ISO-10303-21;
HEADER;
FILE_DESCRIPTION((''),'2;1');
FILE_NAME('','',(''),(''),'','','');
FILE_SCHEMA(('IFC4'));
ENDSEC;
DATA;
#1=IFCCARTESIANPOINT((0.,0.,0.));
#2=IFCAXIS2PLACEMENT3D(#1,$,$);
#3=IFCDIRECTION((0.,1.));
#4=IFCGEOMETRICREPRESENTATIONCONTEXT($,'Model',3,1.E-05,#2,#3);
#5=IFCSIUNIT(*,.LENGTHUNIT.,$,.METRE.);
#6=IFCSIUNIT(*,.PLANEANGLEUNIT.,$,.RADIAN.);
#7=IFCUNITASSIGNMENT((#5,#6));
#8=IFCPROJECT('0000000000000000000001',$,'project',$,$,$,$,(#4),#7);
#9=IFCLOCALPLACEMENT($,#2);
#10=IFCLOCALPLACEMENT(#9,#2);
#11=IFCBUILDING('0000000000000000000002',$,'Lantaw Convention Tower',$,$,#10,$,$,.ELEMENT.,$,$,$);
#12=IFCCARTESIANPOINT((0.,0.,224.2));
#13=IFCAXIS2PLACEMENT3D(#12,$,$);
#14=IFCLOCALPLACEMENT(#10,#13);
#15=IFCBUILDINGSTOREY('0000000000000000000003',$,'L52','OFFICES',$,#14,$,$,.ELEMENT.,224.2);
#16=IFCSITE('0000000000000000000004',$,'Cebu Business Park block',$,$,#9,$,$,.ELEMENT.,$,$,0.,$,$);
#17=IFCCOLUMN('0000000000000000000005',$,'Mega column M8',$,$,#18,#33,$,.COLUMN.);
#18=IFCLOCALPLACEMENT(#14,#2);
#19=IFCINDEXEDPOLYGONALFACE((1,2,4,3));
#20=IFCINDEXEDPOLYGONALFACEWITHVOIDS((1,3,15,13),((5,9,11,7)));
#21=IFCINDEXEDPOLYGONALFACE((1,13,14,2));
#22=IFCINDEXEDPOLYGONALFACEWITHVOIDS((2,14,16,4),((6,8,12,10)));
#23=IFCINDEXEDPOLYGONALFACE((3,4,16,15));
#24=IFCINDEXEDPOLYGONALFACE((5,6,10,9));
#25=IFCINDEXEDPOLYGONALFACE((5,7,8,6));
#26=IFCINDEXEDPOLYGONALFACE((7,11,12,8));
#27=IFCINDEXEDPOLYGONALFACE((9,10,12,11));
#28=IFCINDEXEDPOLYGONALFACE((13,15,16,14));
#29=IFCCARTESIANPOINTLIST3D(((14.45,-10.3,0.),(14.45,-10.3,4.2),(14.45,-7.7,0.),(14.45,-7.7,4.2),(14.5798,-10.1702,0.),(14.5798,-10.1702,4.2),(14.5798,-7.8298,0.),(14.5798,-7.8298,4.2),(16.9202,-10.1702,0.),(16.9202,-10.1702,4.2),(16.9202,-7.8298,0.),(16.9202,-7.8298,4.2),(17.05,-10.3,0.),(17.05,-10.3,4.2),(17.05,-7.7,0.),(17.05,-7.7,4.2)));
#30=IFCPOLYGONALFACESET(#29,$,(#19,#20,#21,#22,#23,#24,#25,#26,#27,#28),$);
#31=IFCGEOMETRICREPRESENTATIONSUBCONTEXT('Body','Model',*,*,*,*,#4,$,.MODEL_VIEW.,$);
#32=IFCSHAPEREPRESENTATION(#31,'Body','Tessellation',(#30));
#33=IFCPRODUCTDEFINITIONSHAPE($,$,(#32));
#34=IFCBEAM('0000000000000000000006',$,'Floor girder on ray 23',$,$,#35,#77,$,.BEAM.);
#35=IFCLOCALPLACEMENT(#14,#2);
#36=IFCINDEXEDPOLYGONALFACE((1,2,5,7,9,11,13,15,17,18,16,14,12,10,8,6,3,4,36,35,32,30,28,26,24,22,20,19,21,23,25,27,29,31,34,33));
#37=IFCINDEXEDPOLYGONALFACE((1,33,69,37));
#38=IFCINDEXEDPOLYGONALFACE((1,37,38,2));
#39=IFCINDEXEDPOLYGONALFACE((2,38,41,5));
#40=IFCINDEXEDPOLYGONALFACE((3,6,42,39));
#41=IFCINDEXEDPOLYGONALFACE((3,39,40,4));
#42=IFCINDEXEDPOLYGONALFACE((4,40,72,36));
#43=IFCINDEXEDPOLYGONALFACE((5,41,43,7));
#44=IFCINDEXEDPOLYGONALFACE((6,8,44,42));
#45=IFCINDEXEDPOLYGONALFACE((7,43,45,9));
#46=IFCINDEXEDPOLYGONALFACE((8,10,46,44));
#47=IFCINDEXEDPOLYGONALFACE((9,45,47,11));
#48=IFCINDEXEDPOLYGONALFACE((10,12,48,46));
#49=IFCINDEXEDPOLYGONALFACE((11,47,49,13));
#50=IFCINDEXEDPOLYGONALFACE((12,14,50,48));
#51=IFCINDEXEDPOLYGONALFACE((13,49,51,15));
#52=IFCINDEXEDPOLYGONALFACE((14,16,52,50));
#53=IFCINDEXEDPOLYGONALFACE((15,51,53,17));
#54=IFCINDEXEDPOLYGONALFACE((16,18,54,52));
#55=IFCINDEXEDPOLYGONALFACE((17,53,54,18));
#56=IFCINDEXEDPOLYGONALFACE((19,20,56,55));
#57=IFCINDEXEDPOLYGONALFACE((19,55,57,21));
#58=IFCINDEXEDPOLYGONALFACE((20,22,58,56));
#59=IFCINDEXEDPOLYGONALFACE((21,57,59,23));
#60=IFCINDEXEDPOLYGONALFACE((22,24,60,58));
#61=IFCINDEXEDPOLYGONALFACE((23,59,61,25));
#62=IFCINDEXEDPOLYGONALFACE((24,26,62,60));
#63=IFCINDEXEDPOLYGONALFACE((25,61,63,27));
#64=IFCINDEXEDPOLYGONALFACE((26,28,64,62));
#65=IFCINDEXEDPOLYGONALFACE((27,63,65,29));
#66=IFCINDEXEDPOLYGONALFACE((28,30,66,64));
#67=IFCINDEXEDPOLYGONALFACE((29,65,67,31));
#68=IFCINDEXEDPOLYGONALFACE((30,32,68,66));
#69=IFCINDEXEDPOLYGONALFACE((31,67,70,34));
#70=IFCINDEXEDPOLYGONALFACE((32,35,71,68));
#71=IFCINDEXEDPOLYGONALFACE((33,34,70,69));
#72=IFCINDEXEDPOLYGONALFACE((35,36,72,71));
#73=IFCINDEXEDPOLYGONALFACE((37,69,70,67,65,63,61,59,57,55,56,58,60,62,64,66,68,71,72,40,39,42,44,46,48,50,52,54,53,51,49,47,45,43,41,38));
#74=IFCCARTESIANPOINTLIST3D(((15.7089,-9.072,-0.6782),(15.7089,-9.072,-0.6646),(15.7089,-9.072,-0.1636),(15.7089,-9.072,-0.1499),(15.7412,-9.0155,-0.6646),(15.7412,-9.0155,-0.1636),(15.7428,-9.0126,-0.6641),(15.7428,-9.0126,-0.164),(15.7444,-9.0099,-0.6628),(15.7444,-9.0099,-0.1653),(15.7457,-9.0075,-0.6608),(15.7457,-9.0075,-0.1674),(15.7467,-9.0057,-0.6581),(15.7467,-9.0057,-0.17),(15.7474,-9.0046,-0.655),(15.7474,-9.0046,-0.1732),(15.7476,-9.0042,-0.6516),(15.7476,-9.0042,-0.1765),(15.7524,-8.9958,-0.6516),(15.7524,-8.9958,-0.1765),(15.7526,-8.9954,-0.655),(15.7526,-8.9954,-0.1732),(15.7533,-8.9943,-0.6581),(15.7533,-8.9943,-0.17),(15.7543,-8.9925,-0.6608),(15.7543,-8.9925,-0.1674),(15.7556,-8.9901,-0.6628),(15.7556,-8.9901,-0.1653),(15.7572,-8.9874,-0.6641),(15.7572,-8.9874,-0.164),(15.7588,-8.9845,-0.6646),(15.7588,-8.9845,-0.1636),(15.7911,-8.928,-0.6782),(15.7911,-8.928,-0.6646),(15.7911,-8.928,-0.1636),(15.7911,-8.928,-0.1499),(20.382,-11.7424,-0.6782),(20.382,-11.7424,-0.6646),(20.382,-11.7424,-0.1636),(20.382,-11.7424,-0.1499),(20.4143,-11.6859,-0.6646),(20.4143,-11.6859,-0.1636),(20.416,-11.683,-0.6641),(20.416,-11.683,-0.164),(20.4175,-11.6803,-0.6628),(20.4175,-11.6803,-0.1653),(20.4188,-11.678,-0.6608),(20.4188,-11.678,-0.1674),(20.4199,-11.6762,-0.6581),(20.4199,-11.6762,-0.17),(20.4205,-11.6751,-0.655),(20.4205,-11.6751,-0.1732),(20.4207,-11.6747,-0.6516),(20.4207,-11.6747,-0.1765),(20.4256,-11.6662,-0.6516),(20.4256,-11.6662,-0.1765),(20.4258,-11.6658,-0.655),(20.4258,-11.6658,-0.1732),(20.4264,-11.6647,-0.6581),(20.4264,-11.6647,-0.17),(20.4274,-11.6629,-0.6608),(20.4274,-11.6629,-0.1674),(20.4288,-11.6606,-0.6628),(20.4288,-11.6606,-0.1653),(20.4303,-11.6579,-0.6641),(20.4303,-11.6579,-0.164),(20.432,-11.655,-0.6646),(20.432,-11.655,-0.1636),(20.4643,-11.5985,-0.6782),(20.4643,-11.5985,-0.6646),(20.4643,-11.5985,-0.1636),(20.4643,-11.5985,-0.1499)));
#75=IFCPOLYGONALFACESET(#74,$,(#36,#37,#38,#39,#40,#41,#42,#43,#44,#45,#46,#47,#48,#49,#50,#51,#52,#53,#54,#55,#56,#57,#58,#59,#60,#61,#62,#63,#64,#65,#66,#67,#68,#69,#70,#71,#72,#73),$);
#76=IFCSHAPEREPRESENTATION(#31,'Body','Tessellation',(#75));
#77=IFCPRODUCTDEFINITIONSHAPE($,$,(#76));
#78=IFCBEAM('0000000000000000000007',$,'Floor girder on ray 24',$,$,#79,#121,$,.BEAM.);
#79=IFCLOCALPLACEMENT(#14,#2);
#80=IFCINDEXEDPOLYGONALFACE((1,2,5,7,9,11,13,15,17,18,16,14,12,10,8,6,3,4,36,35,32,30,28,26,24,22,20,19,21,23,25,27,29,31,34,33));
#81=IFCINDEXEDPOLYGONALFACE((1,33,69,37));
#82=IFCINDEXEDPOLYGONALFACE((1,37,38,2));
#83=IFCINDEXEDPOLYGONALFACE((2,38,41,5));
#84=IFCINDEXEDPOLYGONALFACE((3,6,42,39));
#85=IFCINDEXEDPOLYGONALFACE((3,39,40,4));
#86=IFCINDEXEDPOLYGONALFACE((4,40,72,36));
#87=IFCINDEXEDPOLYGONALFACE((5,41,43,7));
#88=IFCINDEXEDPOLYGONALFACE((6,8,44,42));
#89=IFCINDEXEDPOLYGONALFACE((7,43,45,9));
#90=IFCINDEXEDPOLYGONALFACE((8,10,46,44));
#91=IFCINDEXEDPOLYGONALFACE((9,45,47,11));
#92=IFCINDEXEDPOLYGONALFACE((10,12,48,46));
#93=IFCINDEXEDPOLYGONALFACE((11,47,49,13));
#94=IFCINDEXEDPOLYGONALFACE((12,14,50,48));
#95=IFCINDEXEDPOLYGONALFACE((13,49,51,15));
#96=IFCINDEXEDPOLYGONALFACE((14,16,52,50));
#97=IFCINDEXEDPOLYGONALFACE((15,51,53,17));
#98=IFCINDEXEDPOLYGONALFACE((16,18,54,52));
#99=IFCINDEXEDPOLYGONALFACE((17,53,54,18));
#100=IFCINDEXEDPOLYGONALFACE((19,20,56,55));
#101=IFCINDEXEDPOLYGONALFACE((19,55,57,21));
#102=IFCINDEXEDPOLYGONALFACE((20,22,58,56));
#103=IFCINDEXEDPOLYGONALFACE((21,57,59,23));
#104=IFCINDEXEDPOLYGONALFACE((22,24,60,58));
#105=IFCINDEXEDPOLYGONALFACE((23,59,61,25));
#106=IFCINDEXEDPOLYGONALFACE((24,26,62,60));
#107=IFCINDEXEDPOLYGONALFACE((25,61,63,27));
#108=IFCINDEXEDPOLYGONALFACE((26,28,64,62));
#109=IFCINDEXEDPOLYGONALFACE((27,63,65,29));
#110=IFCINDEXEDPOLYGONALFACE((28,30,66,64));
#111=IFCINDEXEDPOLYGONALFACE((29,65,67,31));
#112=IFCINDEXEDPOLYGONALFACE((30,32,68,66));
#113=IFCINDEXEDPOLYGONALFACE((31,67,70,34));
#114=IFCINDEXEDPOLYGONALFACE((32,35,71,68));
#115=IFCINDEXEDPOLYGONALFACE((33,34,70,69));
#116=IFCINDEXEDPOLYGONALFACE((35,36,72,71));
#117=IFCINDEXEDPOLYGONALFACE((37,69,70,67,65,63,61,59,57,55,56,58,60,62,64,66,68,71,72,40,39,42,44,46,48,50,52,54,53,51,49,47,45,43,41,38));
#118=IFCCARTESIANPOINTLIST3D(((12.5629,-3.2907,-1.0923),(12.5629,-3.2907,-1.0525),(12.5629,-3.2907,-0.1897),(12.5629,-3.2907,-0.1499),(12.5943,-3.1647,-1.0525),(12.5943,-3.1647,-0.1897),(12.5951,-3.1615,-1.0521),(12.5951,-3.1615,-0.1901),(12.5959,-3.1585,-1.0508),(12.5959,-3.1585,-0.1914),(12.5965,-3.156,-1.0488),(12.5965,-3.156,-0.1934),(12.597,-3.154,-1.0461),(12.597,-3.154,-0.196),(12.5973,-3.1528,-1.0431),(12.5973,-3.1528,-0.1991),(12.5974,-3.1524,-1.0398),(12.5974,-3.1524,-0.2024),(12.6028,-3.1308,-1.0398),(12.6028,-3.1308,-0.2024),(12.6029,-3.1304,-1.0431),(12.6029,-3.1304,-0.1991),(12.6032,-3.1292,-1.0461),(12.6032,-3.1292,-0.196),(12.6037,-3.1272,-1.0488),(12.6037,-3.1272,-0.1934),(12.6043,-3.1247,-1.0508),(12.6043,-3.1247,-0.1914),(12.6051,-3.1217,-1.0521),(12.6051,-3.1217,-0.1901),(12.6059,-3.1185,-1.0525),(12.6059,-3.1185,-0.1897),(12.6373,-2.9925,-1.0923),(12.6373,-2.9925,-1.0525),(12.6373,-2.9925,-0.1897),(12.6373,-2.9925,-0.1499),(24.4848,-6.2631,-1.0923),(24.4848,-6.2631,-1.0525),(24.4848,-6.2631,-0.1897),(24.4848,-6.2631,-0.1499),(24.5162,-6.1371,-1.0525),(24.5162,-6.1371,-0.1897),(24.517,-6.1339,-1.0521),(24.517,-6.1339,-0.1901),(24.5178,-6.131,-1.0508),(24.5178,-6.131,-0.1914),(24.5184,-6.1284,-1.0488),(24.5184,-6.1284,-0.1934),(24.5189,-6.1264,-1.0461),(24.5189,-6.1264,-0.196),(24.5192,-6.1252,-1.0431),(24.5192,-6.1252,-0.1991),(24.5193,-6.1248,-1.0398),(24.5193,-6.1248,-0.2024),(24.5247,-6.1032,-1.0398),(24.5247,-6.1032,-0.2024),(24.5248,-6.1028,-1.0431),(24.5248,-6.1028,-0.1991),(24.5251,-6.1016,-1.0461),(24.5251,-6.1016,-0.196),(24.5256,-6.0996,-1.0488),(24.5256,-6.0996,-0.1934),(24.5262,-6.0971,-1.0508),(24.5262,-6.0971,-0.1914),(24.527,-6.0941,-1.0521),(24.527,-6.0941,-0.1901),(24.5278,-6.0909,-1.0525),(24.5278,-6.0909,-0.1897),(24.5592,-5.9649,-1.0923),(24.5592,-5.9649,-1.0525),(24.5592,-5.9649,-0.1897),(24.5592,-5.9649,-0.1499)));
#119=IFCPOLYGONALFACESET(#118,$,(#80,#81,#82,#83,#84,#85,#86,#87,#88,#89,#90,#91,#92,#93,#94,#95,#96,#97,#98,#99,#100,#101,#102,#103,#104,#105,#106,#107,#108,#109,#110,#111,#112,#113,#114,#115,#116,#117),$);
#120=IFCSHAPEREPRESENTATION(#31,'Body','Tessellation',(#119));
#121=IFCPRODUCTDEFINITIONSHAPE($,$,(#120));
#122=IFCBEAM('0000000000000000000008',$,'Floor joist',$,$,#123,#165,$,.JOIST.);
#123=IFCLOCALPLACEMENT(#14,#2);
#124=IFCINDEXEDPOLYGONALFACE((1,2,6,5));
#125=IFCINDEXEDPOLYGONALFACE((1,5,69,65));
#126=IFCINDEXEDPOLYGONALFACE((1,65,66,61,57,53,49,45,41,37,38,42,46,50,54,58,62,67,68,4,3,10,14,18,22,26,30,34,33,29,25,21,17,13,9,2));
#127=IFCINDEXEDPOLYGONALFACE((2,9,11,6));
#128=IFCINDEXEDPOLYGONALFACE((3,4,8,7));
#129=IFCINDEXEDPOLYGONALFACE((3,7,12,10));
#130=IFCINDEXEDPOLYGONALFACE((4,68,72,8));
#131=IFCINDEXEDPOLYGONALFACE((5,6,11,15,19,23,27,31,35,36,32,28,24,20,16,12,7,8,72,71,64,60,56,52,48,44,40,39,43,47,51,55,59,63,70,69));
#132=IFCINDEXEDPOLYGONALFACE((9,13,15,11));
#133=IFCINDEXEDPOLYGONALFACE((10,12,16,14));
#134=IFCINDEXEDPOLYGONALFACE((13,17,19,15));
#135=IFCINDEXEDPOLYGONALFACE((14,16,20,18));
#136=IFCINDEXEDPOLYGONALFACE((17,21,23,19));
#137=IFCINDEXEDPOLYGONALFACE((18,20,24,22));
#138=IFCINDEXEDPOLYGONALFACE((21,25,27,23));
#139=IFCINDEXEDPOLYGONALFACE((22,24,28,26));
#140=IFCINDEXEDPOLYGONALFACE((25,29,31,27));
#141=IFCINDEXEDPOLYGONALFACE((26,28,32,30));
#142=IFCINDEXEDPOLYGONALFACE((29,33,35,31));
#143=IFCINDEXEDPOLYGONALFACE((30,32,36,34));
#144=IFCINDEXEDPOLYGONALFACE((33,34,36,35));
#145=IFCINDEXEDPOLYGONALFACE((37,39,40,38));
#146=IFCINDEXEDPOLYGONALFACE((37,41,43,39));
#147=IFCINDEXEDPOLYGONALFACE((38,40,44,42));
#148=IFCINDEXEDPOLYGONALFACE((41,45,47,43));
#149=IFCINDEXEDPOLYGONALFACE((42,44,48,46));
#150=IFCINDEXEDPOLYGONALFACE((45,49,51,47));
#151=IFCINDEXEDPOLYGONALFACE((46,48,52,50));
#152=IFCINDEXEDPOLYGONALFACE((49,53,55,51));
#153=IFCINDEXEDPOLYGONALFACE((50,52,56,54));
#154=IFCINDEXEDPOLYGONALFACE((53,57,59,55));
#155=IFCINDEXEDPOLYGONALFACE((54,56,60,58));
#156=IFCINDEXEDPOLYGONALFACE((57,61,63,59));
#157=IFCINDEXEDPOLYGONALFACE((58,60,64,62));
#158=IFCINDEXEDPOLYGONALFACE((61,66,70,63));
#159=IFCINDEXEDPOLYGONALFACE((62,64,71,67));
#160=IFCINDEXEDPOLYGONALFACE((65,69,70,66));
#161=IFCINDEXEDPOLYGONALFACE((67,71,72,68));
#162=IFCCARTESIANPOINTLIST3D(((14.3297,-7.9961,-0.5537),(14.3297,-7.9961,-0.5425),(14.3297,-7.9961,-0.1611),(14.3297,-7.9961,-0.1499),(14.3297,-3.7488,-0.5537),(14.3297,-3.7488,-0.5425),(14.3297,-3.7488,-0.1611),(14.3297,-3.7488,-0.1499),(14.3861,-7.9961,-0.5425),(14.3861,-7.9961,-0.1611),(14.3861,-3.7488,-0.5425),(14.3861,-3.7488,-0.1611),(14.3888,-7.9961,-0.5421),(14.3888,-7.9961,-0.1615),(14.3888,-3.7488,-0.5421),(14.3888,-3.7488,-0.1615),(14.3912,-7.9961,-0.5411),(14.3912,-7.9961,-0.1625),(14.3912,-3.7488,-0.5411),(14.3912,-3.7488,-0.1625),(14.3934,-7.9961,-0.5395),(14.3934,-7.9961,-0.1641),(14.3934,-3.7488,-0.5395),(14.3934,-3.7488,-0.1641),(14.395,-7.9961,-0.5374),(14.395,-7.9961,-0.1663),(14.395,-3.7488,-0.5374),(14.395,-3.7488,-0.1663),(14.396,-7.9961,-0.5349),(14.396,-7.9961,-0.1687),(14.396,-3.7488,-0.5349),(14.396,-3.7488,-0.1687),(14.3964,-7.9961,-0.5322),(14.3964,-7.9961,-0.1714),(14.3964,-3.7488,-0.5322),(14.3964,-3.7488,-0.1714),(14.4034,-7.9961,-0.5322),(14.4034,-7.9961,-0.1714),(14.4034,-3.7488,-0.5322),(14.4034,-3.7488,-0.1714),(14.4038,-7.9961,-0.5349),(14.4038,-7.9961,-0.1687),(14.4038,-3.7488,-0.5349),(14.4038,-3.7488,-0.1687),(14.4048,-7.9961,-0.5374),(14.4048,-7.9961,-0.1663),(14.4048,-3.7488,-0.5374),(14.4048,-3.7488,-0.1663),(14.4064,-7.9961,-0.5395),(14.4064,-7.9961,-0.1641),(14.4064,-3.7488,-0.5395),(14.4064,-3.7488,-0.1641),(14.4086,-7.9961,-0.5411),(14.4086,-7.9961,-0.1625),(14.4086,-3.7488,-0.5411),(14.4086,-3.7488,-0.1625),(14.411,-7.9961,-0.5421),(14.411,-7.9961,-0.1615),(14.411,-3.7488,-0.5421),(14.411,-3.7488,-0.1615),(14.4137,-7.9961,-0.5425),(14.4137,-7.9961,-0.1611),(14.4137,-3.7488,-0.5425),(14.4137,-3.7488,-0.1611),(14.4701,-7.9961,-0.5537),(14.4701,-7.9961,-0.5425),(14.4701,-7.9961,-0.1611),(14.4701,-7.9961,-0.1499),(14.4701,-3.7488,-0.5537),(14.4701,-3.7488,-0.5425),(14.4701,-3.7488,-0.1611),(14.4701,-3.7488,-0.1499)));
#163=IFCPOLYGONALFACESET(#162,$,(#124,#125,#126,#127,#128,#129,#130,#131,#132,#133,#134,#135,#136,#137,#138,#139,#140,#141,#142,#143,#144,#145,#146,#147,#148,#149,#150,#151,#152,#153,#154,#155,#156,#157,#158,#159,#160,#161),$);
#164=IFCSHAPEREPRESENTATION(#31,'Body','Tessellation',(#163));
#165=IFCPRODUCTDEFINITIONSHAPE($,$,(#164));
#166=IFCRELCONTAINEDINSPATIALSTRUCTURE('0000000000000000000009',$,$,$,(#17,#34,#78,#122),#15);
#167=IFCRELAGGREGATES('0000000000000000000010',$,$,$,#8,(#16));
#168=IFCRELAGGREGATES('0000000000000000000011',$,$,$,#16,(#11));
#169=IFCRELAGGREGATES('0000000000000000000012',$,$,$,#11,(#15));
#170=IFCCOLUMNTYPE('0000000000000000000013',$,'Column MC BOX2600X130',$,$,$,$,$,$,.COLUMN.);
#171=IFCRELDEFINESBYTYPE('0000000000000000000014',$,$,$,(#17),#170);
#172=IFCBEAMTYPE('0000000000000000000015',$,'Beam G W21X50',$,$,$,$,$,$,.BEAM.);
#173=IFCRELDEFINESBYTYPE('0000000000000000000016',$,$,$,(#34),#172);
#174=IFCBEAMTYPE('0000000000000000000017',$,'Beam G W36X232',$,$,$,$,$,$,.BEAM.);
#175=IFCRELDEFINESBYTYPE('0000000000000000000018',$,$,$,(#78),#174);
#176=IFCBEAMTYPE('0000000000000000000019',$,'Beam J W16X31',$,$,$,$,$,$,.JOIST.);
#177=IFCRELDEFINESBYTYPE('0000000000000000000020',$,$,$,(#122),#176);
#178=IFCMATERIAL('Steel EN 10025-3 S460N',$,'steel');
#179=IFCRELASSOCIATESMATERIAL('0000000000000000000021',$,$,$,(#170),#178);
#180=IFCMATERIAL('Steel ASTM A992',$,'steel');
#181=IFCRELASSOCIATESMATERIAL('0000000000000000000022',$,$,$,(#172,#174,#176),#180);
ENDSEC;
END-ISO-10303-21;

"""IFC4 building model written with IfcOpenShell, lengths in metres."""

from ifc_helpers import new_model, si_unit, direction, frame, origin, origin_2d, place, context, subcontext, project, spatial, rectangle, hollow_rectangle, i_section, extrude, material, material_profile, profile_set, type_object, element, save


model = new_model("IFC4")

# Units and contexts
model_context = context("Model", 3, precision=1e-05, world=origin(), true_north=direction((0.0, 1.0)))
body_context = subcontext(model_context, "Body", "Model", "MODEL_VIEW")
ifc_project = project(units=[si_unit("LENGTHUNIT", "METRE"), si_unit("PLANEANGLEUNIT", "RADIAN")], contexts=[model_context])

# Site, building, storey
site_placement = place(None, origin())
site = spatial("IfcSite", under=ifc_project, at=site_placement, Name="Cebu Business Park block", CompositionType="ELEMENT", RefElevation=0.0)
building_placement = place(site_placement, origin())
building = spatial("IfcBuilding", under=site, at=building_placement, Name="Lantaw Convention Tower", CompositionType="ELEMENT")
storey_placement = place(building_placement, frame((0.0, 0.0, 224.2)))
storey = spatial("IfcBuildingStorey", under=building, at=storey_placement, Name="L52", Description="OFFICES", CompositionType="ELEMENT", Elevation=224.2)

# Column
ifc_material_1 = material(Name="Steel EN 10025-3 S460N", Category="steel")
ifc_material_profile_1 = material_profile(ifc_material_1, hollow_rectangle(XDim=2.6001, YDim=2.6001, WallThickness=0.1299, at=origin_2d()), Name="BOX2600X130")
ifc_material_2 = material(Name="Concrete C60/75", Category="concrete")
ifc_material_profile_2 = material_profile(ifc_material_2, rectangle(XDim=2.3401, YDim=2.3401, at=origin_2d()), Name="Concrete fill of BOX2600X130")
ifc_profile_set_1 = profile_set([ifc_material_profile_1, ifc_material_profile_2], Name="Steel EN 10025-3 S460N")
column_type = type_object("IfcColumnType", Name="Column MC BOX2600X130", PredefinedType="COLUMN", material=ifc_profile_set_1)
column_placement = place(storey_placement, frame((15.75, -9.0, 0.0), z_axis=(0.0, 0.0, 1.0), x_axis=(1.0, 0.0, 0.0)))
element("IfcColumn", 1, at=column_placement, inside=storey, type_object=column_type, Name="Mega column M8", PredefinedType="COLUMN", context=body_context, shape_type="SweptSolid", body=[
    extrude(hollow_rectangle(XDim=2.6001, YDim=2.6001, WallThickness=0.1299, at=origin_2d()), origin(), (0.0, 0.0, 1.0), 4.2),
])

# Beams
ifc_material_3 = material(Name="Steel ASTM A992", Category="steel")
ifc_material_profile_3 = material_profile(ifc_material_3, i_section(OverallWidth=0.1658, OverallDepth=0.5283, WebThickness=0.0098, FlangeThickness=0.0137, FilletRadius=0.0129, at=origin_2d()), Name="W21X50")
ifc_profile_set_2 = profile_set([ifc_material_profile_3], Name="Steel ASTM A992")
beam_type_1 = type_object("IfcBeamType", Name="Beam G W21X50", PredefinedType="BEAM", material=ifc_profile_set_2)
beam_1_placement = place(storey_placement, frame((15.75, -9.0, -0.4141), z_axis=(0.868238, -0.496149, 0.0), x_axis=(0.496149, 0.868238, 0.0)))
element("IfcBeam", 2, at=beam_1_placement, inside=storey, type_object=beam_type_1, Name="Floor girder on ray 23", PredefinedType="BEAM", context=body_context, shape_type="SweptSolid", body=[
    extrude(i_section(OverallWidth=0.1658, OverallDepth=0.5283, WebThickness=0.0098, FlangeThickness=0.0137, FilletRadius=0.0129, at=origin_2d()), origin(), (0.0, 0.0, 1.0), 5.3823),
])
ifc_material_profile_4 = material_profile(ifc_material_3, i_section(OverallWidth=0.3074, OverallDepth=0.9424, WebThickness=0.0222, FlangeThickness=0.0398, FilletRadius=0.0127, at=origin_2d()), Name="W36X232")
ifc_profile_set_3 = profile_set([ifc_material_profile_4], Name="Steel ASTM A992")
beam_type_2 = type_object("IfcBeamType", Name="Beam G W36X232", PredefinedType="BEAM", material=ifc_profile_set_3)
beam_2_placement = place(storey_placement, frame((12.6001, -3.1416, -0.6211), z_axis=(0.970297, -0.241918, 0.0), x_axis=(0.241918, 0.970297, 0.0)))
element("IfcBeam", 3, at=beam_2_placement, inside=storey, type_object=beam_type_2, Name="Floor girder on ray 24", PredefinedType="BEAM", context=body_context, shape_type="SweptSolid", body=[
    extrude(i_section(OverallWidth=0.3074, OverallDepth=0.9424, WebThickness=0.0222, FlangeThickness=0.0398, FilletRadius=0.0127, at=origin_2d()), origin(), (0.0, 0.0, 1.0), 12.2869),
])
ifc_material_profile_5 = material_profile(ifc_material_3, i_section(OverallWidth=0.1404, OverallDepth=0.4038, WebThickness=0.0071, FlangeThickness=0.0112, FilletRadius=0.0103, at=origin_2d()), Name="W16X31")
ifc_profile_set_4 = profile_set([ifc_material_profile_5], Name="Steel ASTM A992")
beam_type_3 = type_object("IfcBeamType", Name="Beam J W16X31", PredefinedType="JOIST", material=ifc_profile_set_4)
beam_3_placement = place(storey_placement, frame((14.3999, -7.9961, -0.3518), z_axis=(0.0, 1.0, 0.0), x_axis=(-1.0, 0.0, 0.0)))
element("IfcBeam", 4, at=beam_3_placement, inside=storey, type_object=beam_type_3, Name="Floor joist", PredefinedType="JOIST", context=body_context, shape_type="SweptSolid", body=[
    extrude(i_section(OverallWidth=0.1404, OverallDepth=0.4038, WebThickness=0.0071, FlangeThickness=0.0112, FilletRadius=0.0103, at=origin_2d()), origin(), (0.0, 0.0, 1.0), 4.2473),
])

save(model, "model.ifc")
